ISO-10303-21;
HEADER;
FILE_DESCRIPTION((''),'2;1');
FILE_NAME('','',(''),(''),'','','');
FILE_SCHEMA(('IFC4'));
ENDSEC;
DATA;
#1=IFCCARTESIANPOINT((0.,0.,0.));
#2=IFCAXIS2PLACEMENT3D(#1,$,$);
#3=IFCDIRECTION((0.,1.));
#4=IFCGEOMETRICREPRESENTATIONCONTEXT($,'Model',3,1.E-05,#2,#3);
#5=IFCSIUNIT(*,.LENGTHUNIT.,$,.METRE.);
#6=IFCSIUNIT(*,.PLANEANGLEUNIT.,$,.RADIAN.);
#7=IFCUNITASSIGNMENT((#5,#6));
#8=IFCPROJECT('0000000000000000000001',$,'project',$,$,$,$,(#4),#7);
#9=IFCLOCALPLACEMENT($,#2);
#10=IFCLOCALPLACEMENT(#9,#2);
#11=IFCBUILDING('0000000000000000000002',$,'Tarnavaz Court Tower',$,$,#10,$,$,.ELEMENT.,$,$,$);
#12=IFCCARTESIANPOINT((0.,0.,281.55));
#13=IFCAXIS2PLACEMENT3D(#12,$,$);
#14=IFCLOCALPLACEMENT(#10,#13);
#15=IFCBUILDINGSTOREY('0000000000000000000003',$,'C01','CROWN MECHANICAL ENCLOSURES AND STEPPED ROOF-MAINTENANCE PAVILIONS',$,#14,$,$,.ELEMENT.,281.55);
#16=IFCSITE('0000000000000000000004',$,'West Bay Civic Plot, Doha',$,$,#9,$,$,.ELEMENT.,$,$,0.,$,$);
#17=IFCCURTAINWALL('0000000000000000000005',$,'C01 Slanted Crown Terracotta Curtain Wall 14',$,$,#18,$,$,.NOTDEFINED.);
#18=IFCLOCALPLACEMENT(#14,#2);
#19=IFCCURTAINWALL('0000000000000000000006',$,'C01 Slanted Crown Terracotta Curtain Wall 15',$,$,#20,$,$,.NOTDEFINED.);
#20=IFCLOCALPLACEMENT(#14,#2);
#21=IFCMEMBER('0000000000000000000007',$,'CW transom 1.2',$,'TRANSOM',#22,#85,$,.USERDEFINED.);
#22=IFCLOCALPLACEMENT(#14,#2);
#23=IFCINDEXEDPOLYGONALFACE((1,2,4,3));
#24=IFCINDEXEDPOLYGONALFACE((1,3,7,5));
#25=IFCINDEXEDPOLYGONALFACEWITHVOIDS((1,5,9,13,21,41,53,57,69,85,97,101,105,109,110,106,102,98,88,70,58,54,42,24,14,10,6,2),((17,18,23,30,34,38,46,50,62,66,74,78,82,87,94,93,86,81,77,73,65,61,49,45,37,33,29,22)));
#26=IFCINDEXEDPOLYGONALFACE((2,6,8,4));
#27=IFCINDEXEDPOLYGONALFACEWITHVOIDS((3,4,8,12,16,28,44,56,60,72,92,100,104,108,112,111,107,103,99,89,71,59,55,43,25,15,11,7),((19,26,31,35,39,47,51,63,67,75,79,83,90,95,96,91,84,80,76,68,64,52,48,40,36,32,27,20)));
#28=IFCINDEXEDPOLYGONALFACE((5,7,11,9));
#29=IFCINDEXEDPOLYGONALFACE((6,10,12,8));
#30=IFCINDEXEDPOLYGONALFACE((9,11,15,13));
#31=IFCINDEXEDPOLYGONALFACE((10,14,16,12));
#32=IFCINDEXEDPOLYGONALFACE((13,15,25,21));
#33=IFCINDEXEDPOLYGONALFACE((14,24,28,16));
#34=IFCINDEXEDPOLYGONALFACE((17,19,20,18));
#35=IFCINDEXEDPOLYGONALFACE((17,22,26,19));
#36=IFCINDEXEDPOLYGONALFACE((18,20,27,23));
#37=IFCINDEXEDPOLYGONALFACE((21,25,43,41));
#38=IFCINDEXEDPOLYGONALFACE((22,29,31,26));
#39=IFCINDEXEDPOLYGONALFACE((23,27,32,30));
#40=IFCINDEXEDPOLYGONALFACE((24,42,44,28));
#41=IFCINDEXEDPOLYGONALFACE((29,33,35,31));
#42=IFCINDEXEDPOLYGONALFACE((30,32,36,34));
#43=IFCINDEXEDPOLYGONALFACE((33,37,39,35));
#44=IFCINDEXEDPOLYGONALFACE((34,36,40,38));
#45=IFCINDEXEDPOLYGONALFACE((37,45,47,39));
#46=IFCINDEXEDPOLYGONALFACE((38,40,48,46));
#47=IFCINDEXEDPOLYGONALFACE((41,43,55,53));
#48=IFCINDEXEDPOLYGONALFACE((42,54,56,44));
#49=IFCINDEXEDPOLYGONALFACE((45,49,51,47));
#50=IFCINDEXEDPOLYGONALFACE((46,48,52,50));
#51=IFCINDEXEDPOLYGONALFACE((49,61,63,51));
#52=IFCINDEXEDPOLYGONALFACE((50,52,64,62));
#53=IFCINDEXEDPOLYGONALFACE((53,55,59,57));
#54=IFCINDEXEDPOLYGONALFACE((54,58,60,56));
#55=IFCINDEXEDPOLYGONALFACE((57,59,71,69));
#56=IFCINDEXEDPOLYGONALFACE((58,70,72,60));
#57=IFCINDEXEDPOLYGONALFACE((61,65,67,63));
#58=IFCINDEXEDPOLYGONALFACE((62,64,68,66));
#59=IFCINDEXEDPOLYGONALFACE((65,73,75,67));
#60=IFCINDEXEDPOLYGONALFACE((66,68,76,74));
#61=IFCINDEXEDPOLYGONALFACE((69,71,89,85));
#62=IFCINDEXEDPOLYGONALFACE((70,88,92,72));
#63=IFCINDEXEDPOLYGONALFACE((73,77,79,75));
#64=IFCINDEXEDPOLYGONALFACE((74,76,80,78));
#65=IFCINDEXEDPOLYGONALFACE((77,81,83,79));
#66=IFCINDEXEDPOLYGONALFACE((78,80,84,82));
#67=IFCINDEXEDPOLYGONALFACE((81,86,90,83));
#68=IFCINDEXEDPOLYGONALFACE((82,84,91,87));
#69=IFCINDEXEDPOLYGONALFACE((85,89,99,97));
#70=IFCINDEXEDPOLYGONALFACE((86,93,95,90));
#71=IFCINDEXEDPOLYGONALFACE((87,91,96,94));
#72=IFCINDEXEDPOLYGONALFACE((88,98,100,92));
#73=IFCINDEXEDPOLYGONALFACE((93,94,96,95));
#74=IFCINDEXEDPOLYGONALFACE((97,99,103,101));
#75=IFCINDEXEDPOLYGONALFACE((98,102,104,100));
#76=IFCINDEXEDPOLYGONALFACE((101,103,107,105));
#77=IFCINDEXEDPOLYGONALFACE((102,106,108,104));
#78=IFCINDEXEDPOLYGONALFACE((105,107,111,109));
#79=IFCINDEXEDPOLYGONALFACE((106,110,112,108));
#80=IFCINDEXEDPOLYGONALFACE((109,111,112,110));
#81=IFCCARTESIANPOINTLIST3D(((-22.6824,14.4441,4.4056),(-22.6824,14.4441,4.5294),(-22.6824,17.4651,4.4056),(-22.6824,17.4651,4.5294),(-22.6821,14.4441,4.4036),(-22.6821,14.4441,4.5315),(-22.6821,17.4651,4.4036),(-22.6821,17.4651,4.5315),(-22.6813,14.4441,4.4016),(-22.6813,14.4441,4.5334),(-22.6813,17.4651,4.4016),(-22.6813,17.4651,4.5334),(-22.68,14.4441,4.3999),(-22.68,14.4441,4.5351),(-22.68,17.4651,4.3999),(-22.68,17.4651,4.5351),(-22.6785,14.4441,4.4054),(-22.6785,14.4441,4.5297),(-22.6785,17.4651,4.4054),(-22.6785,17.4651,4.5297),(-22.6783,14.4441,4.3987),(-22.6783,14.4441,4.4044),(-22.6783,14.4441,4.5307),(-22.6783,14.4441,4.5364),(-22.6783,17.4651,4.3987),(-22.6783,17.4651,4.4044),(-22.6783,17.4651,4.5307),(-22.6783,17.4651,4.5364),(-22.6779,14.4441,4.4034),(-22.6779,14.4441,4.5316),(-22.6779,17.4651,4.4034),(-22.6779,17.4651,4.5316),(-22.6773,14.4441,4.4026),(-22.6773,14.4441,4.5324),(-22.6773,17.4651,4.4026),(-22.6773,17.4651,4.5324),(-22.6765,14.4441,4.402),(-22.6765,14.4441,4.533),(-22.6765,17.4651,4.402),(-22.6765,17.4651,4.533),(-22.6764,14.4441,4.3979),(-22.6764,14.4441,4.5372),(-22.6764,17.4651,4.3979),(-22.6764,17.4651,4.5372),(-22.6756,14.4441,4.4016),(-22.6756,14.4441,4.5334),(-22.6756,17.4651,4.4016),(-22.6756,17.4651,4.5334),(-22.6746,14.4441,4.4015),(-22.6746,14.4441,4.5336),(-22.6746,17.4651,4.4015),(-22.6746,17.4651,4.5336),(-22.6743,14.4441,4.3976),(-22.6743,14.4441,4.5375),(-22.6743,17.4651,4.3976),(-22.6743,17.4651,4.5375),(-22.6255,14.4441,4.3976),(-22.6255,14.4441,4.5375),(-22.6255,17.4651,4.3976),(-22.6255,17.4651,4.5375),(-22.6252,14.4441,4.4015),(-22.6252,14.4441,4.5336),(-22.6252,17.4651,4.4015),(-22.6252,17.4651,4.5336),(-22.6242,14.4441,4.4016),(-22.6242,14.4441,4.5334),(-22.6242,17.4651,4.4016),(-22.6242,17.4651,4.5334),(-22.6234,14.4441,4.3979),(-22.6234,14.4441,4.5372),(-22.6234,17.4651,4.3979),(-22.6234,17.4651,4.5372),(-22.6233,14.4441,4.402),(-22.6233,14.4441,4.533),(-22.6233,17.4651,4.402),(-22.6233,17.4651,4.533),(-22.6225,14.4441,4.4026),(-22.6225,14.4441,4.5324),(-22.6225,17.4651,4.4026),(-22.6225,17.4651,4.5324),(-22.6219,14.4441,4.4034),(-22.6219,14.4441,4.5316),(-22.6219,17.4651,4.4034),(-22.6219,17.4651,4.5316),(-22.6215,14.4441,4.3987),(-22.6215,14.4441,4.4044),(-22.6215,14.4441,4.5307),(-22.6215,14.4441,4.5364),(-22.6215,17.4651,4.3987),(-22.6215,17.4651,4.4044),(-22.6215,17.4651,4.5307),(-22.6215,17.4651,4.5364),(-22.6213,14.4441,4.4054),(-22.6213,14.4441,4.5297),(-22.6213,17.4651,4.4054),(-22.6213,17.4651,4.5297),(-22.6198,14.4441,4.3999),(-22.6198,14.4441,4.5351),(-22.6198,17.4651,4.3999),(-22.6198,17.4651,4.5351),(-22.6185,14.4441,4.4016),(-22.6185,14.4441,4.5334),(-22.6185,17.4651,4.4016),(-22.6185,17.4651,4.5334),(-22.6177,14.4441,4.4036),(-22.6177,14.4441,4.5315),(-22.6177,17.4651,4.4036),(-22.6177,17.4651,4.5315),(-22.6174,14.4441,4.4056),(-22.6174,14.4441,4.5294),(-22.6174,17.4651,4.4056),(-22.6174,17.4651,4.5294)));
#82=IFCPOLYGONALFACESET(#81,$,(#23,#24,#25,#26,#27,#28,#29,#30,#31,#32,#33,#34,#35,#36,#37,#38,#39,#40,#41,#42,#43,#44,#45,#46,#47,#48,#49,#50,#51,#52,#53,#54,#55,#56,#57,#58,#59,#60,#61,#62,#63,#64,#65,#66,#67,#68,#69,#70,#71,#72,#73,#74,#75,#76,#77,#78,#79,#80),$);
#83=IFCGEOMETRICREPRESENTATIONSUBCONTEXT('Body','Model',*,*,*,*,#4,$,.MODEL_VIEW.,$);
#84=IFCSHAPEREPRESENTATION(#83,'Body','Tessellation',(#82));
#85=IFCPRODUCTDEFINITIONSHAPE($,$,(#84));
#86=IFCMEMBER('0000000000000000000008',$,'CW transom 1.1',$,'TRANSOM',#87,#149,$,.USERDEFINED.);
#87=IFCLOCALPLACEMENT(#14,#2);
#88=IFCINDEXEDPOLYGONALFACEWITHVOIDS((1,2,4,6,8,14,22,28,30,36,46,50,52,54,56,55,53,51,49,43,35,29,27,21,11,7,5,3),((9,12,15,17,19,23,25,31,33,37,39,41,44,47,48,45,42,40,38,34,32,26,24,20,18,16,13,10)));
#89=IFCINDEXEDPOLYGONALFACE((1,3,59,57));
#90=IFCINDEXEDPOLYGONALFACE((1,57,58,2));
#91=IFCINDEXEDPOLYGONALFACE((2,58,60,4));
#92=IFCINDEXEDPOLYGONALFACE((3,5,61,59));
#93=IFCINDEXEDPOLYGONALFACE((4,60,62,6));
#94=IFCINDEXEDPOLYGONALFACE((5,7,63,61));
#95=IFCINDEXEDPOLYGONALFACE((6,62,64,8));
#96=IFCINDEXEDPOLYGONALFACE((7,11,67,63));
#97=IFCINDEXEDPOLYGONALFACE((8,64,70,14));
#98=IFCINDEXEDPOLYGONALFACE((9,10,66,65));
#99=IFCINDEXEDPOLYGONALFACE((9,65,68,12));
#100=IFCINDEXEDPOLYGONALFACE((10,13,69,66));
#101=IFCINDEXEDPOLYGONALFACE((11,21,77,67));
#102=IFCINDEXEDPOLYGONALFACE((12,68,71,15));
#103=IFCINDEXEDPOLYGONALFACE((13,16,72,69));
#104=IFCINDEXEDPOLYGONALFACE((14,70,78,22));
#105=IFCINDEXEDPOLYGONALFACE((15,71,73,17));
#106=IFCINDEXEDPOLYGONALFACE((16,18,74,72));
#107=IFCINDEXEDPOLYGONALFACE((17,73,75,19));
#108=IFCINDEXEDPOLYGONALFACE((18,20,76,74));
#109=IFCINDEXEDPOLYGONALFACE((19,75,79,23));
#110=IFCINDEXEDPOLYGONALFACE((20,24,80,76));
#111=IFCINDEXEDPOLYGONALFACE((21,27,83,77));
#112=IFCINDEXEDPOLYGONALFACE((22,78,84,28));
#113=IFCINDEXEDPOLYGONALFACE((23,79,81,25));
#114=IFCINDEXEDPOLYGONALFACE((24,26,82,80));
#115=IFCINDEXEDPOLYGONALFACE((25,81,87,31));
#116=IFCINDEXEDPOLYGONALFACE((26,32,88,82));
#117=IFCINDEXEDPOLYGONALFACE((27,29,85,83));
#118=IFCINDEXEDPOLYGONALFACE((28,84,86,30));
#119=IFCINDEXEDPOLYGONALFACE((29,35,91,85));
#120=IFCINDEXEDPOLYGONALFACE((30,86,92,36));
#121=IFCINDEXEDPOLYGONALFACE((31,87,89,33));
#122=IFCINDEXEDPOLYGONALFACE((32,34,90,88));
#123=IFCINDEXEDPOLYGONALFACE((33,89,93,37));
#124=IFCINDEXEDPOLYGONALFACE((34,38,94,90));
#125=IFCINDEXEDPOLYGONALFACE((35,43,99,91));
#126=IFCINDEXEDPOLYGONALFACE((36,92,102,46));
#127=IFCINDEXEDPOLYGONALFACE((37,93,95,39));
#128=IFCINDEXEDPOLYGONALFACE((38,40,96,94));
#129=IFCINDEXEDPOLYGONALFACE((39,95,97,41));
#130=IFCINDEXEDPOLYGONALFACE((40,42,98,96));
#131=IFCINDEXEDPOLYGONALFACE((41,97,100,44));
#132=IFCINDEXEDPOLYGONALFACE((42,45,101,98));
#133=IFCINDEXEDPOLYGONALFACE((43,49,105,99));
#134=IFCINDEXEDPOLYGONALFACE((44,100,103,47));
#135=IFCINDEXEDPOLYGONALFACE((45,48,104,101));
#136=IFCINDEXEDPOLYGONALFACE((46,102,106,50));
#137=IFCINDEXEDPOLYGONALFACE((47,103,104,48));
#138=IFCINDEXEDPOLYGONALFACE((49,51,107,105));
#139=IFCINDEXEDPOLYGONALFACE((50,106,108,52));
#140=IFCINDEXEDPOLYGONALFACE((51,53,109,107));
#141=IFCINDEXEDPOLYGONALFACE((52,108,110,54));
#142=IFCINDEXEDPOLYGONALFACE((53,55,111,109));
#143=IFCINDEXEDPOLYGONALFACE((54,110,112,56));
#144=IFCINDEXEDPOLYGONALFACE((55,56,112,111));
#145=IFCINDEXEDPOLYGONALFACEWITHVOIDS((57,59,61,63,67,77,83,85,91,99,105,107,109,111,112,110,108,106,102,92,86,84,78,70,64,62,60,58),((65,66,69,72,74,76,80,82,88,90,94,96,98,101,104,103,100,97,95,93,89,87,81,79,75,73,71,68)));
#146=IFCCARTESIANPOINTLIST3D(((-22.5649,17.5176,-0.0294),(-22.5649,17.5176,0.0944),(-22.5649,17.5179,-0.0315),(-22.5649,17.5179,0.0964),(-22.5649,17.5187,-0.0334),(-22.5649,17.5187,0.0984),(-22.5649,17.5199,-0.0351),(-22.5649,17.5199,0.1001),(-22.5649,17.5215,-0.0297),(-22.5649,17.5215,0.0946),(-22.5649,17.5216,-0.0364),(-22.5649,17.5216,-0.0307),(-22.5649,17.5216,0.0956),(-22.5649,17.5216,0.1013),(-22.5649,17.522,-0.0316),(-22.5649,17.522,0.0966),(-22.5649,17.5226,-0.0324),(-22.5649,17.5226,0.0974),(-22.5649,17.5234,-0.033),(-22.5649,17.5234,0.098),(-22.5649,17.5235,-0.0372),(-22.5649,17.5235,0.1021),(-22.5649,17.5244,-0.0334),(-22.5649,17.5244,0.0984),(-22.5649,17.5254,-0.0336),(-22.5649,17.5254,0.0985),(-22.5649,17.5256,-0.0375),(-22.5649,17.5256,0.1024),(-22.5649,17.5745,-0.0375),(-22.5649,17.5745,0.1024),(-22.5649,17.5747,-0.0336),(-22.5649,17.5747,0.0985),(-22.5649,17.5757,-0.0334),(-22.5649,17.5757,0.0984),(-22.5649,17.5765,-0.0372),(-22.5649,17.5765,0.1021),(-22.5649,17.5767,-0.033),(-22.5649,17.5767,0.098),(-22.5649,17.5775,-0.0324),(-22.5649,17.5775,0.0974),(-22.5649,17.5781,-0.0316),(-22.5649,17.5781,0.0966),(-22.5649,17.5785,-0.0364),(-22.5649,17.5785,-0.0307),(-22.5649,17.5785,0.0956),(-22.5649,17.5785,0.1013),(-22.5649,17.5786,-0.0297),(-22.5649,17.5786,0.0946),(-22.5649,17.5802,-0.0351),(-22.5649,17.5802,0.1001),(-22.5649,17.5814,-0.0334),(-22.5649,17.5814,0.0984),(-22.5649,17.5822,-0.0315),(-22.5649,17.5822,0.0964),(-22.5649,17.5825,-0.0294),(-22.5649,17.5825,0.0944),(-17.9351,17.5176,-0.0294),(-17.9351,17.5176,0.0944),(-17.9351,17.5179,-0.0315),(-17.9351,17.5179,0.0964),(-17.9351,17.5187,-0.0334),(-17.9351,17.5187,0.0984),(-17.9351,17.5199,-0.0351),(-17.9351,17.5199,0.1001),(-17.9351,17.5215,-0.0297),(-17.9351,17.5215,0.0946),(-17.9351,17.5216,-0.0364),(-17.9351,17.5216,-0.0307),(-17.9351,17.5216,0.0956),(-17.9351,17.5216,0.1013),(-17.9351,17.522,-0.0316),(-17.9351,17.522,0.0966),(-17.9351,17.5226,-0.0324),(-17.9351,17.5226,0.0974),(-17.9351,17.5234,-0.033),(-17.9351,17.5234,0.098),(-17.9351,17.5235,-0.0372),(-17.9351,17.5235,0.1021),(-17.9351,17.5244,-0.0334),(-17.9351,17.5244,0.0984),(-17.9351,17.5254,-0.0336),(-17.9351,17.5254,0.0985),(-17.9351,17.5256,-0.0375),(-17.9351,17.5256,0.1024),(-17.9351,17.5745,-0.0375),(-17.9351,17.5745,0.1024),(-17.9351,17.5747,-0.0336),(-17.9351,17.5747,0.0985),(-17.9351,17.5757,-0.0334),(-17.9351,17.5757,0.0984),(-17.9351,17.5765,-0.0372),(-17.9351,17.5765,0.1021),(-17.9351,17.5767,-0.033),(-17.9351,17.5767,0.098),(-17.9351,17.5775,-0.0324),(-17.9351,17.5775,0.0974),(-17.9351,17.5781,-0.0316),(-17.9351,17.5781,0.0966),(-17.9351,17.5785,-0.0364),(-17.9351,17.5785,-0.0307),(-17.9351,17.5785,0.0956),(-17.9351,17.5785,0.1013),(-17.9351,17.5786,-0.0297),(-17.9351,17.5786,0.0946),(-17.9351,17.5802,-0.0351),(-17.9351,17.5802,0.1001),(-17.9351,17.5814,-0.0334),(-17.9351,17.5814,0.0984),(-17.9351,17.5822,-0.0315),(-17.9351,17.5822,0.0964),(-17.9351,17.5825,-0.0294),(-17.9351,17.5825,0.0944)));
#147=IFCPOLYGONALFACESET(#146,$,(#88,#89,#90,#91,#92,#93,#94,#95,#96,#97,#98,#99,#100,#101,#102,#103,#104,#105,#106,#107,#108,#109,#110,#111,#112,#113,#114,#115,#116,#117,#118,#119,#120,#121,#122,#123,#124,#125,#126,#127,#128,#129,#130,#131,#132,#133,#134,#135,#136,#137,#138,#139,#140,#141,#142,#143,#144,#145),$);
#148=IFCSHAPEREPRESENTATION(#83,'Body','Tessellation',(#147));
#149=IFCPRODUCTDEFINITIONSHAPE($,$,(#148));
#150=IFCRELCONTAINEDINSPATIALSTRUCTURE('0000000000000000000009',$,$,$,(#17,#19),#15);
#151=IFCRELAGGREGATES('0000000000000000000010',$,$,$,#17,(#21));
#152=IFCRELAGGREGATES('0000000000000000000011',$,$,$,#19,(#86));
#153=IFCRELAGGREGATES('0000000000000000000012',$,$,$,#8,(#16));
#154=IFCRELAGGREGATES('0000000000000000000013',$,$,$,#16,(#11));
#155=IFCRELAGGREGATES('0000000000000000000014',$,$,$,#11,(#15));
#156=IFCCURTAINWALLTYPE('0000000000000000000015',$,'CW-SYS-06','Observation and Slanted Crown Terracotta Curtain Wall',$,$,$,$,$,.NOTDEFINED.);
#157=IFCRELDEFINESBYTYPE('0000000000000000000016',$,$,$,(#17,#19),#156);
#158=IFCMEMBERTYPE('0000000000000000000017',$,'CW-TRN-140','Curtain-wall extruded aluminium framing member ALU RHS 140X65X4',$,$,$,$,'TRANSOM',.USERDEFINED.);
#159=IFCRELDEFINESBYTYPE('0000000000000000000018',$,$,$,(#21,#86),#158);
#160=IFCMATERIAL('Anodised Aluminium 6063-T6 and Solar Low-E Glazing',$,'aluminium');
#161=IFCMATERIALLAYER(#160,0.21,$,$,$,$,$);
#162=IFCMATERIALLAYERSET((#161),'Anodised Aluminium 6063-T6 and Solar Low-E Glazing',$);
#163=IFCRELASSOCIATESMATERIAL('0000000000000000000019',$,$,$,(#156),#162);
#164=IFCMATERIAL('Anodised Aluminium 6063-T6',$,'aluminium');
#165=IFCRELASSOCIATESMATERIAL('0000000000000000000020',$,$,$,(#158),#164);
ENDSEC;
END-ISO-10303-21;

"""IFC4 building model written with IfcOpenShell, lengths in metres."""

from ifc_helpers import new_model, si_unit, direction, frame, origin, origin_2d, place, context, subcontext, project, spatial, hollow_rectangle, extrude, material, layer, layer_set, material_profile, profile_set, type_object, element, aggregate, save


model = new_model("IFC4")

# Units and contexts
model_context = context("Model", 3, precision=1e-05, world=origin(), true_north=direction((0.0, 1.0)))
body_context = subcontext(model_context, "Body", "Model", "MODEL_VIEW")
ifc_project = project(units=[si_unit("LENGTHUNIT", "METRE"), si_unit("PLANEANGLEUNIT", "RADIAN")], contexts=[model_context])

# Site, building, storey
site_placement = place(None, origin())
site = spatial("IfcSite", under=ifc_project, at=site_placement, Name="West Bay Civic Plot, Doha", CompositionType="ELEMENT", RefElevation=0.0)
building_placement = place(site_placement, origin())
building = spatial("IfcBuilding", under=site, at=building_placement, Name="Tarnavaz Court Tower", CompositionType="ELEMENT")
storey_placement = place(building_placement, frame((0.0, 0.0, 281.55)))
storey = spatial("IfcBuildingStorey", under=building, at=storey_placement, Name="C01", Description="CROWN MECHANICAL ENCLOSURES AND STEPPED ROOF-MAINTENANCE PAVILIONS", CompositionType="ELEMENT", Elevation=281.55)

# Shared definitions
ifc_material_1 = material(Name="Anodised Aluminium 6063-T6 and Solar Low-E Glazing", Category="aluminium")
ifc_layer_1 = layer(ifc_material_1, 0.21)
ifc_layer_set_1 = layer_set([ifc_layer_1], Name="Anodised Aluminium 6063-T6 and Solar Low-E Glazing")
curtain_wall_type = type_object("IfcCurtainWallType", Name="CW-SYS-06", Description="Observation and Slanted Crown Terracotta Curtain Wall", PredefinedType="NOTDEFINED", material=ifc_layer_set_1)
ifc_material_2 = material(Name="Anodised Aluminium 6063-T6", Category="aluminium")

# Curtain walls
curtain_wall_1_placement = place(storey_placement, origin())
curtain_wall_1 = element("IfcCurtainWall", 1, at=curtain_wall_1_placement, inside=storey, type_object=curtain_wall_type, Name="C01 Slanted Crown Terracotta Curtain Wall 14", PredefinedType="NOTDEFINED")
curtain_wall_2_placement = place(storey_placement, origin())
curtain_wall_2 = element("IfcCurtainWall", 2, at=curtain_wall_2_placement, inside=storey, type_object=curtain_wall_type, Name="C01 Slanted Crown Terracotta Curtain Wall 15", PredefinedType="NOTDEFINED")

# Members
ifc_material_profile_1 = material_profile(ifc_material_2, hollow_rectangle(XDim=0.0649, YDim=0.1399, WallThickness=0.0039, InnerFilletRadius=0.0039, OuterFilletRadius=0.0081, at=origin_2d()), Name="ALU RHS 140X65X4")
ifc_profile_set_1 = profile_set([ifc_material_profile_1], Name="Anodised Aluminium 6063-T6")
member_type_1 = type_object("IfcMemberType", Name="CW-TRN-140", Description="Curtain-wall extruded aluminium framing member ALU RHS 140X65X4", ElementType="TRANSOM", PredefinedType="USERDEFINED", material=ifc_profile_set_1)
member_1_placement = place(storey_placement, frame((-22.6499, 14.4441, 4.4675), z_axis=(0.0, 1.0, 0.0), x_axis=(-1.0, 0.0, 0.0)))
member_1 = element("IfcMember", 3, at=member_1_placement, type_object=member_type_1, Name="CW transom 1.2", ObjectType="TRANSOM", PredefinedType="USERDEFINED", context=body_context, shape_type="SweptSolid", body=[
    extrude(hollow_rectangle(XDim=0.0649, YDim=0.1399, WallThickness=0.0039, InnerFilletRadius=0.0039, OuterFilletRadius=0.0081, at=origin_2d()), origin(), (0.0, 0.0, 1.0), 3.021),
])
member_2_placement = place(storey_placement, frame((-22.5649, 17.55, 0.0325), z_axis=(1.0, 0.0, 0.0), x_axis=(0.0, 1.0, 0.0)))
member_2 = element("IfcMember", 4, at=member_2_placement, type_object=member_type_1, Name="CW transom 1.1", ObjectType="TRANSOM", PredefinedType="USERDEFINED", context=body_context, shape_type="SweptSolid", body=[
    extrude(hollow_rectangle(XDim=0.0649, YDim=0.1399, WallThickness=0.0039, InnerFilletRadius=0.0039, OuterFilletRadius=0.0081, at=origin_2d()), origin(), (0.0, 0.0, 1.0), 4.6299),
])

aggregate(curtain_wall_1, [member_1])
aggregate(curtain_wall_2, [member_2])

save(model, "model.ifc")
